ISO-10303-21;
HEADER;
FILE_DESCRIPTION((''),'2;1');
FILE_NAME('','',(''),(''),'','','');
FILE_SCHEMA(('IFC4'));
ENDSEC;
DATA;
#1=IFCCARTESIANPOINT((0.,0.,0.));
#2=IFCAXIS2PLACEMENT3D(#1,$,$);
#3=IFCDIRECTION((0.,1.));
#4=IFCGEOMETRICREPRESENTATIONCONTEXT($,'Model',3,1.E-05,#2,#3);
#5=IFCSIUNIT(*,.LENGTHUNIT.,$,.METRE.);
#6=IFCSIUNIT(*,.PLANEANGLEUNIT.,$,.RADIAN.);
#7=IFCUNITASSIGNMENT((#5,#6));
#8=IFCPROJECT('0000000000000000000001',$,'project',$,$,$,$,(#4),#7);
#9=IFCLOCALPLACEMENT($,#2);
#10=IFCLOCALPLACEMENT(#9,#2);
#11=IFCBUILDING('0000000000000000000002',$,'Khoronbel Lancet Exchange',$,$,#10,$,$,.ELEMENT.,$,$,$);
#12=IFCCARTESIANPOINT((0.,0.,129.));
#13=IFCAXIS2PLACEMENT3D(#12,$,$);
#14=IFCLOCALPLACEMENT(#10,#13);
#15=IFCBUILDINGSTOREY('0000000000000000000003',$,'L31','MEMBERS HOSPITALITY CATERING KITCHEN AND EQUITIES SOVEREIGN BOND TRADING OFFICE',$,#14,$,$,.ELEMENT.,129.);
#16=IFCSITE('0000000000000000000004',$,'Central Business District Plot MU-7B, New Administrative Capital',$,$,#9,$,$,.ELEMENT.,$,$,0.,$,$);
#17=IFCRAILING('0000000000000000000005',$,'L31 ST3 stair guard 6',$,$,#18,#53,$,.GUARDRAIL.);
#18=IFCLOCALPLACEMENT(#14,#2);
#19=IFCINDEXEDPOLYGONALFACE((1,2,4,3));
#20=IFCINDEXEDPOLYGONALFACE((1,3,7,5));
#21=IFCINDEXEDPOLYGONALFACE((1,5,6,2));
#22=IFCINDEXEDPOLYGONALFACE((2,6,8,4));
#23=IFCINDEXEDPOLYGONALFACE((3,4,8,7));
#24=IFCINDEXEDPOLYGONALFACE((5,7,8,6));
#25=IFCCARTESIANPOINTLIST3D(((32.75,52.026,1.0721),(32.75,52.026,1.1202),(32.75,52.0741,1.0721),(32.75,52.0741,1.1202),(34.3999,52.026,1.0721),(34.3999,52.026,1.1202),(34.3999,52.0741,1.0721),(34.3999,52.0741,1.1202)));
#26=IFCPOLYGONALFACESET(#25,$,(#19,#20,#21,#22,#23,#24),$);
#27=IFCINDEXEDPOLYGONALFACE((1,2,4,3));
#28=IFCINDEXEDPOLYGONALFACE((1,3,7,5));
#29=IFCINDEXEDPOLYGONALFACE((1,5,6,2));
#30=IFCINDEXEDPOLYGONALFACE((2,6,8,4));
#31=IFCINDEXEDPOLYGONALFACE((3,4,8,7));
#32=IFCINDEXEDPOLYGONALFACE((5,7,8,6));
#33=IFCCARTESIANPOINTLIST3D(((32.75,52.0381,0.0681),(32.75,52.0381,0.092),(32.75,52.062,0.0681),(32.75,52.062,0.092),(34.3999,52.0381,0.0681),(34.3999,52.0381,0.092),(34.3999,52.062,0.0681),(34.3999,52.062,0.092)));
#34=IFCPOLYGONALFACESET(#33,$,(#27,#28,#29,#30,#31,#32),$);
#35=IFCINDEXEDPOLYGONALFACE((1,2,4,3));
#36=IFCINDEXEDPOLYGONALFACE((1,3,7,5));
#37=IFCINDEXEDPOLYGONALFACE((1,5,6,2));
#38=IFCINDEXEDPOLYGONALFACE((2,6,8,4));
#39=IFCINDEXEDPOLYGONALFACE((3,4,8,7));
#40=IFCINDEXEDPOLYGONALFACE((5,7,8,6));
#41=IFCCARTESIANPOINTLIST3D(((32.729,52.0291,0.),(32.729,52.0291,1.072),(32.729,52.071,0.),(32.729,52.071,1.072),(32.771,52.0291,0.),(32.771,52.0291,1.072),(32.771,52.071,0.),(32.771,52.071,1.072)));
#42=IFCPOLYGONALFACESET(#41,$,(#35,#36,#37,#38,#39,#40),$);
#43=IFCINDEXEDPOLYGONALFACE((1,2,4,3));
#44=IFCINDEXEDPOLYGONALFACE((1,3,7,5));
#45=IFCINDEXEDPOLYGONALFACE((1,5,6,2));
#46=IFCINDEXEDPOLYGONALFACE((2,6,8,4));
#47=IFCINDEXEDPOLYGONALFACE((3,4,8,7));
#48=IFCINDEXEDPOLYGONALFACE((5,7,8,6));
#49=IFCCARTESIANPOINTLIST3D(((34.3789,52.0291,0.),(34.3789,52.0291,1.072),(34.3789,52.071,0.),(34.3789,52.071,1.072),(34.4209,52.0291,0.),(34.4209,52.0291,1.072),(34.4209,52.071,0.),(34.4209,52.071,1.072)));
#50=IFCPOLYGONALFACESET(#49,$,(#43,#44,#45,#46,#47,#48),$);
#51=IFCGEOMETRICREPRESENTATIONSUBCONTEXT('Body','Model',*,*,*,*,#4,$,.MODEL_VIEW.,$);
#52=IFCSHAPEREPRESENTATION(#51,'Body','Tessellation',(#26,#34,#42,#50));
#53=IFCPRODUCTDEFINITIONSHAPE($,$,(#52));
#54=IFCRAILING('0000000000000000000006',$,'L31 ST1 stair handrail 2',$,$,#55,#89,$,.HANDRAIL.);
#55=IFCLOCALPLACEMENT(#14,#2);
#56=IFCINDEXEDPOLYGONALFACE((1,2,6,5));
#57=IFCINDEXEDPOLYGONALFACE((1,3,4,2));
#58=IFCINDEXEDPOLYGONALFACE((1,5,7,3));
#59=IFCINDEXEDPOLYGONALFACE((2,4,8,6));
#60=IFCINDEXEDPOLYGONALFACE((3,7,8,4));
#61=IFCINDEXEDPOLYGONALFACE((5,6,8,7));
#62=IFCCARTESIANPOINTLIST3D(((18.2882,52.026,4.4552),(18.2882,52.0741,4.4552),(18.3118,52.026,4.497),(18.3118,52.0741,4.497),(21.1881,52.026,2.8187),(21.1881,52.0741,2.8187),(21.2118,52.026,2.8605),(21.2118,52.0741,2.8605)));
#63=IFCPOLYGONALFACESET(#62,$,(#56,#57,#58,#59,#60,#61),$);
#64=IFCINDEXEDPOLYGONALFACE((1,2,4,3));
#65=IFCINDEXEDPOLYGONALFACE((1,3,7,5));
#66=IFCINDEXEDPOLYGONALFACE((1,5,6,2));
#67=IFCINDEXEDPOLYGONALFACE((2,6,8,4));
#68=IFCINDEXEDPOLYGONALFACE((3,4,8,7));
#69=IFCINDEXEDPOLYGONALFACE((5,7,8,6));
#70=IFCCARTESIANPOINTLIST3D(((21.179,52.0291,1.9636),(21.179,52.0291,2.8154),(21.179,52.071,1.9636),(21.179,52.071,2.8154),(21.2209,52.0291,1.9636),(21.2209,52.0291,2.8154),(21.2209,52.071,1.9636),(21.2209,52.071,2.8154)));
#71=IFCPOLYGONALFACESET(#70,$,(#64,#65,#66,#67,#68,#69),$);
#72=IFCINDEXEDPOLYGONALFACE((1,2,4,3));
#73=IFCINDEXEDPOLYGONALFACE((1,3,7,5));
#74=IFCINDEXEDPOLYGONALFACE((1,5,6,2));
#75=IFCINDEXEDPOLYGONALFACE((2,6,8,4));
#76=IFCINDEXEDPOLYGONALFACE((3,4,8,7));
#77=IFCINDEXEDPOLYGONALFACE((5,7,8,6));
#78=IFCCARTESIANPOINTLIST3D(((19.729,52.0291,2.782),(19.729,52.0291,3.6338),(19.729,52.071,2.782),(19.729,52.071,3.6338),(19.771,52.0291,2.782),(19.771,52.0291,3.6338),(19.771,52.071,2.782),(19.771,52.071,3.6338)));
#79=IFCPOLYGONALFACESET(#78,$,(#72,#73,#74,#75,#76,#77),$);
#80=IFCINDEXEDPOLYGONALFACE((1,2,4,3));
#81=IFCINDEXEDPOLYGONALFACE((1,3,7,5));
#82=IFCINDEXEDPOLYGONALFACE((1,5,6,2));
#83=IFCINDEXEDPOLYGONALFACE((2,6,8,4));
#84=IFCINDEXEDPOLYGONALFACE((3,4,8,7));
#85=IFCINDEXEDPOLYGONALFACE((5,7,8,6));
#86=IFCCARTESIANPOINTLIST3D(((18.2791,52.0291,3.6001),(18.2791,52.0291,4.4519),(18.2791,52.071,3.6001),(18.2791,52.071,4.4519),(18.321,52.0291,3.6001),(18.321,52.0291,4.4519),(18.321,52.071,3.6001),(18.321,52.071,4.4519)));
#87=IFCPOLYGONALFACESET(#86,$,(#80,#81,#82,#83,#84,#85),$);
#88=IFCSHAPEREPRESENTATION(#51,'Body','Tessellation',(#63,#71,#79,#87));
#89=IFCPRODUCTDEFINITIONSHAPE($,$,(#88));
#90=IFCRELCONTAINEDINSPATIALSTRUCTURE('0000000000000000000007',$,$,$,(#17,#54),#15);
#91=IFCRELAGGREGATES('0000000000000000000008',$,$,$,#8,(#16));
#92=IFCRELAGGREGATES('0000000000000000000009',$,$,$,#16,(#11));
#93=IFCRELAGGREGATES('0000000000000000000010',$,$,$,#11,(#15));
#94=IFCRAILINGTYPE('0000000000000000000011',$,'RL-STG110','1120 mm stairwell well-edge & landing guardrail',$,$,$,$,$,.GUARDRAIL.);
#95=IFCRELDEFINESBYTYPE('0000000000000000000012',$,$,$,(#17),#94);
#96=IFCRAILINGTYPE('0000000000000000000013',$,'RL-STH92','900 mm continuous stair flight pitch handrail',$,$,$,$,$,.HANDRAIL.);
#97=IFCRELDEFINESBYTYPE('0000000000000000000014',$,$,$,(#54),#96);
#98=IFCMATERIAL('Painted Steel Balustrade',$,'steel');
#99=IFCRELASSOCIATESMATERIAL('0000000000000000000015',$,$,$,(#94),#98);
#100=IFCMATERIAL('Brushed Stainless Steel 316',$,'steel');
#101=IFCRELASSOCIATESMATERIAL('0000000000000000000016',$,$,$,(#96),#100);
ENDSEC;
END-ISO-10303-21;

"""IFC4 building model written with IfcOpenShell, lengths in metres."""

from ifc_helpers import new_model, si_unit, direction, frame, origin, origin_2d, place, context, subcontext, project, spatial, rectangle, extrude, material, type_object, element, save


model = new_model("IFC4")

# Units and contexts
model_context = context("Model", 3, precision=1e-05, world=origin(), true_north=direction((0.0, 1.0)))
body_context = subcontext(model_context, "Body", "Model", "MODEL_VIEW")
ifc_project = project(units=[si_unit("LENGTHUNIT", "METRE"), si_unit("PLANEANGLEUNIT", "RADIAN")], contexts=[model_context])

# Site, building, storey
site_placement = place(None, origin())
site = spatial("IfcSite", under=ifc_project, at=site_placement, Name="Central Business District Plot MU-7B, New Administrative Capital", CompositionType="ELEMENT", RefElevation=0.0)
building_placement = place(site_placement, origin())
building = spatial("IfcBuilding", under=site, at=building_placement, Name="Khoronbel Lancet Exchange", CompositionType="ELEMENT")
storey_placement = place(building_placement, frame((0.0, 0.0, 129.0)))
storey = spatial("IfcBuildingStorey", under=building, at=storey_placement, Name="L31", Description="MEMBERS HOSPITALITY CATERING KITCHEN AND EQUITIES SOVEREIGN BOND TRADING OFFICE", CompositionType="ELEMENT", Elevation=129.0)

# Railings
ifc_material_1 = material(Name="Painted Steel Balustrade", Category="steel")
railing_type_1 = type_object("IfcRailingType", Name="RL-STG110", Description="1120 mm stairwell well-edge & landing guardrail", PredefinedType="GUARDRAIL", material=ifc_material_1)
railing_1_placement = place(storey_placement, frame((32.75, 52.05, 0.0)))
element("IfcRailing", 1, at=railing_1_placement, inside=storey, type_object=railing_type_1, Name="L31 ST3 stair guard 6", PredefinedType="GUARDRAIL", context=body_context, shape_type="SweptSolid", body=[
    extrude(rectangle(XDim=0.0481, YDim=0.0481, at=origin_2d()), frame((0.0, 0.0, 1.0962), z_axis=(1.0, 0.0, 0.0), x_axis=(0.0, 1.0, 0.0)), (0.0, 0.0, 1.0), 1.6499),
    extrude(rectangle(XDim=0.0239, YDim=0.0239, at=origin_2d()), frame((0.0, 0.0, 0.0801), z_axis=(1.0, 0.0, 0.0), x_axis=(0.0, 1.0, 0.0)), (0.0, 0.0, 1.0), 1.6499),
    extrude(rectangle(XDim=0.042, YDim=0.042, at=origin_2d()), origin(), (0.0, 0.0, 1.0), 1.072),
    extrude(rectangle(XDim=0.042, YDim=0.042, at=origin_2d()), frame((1.6499, 0.0, 0.0)), (0.0, 0.0, 1.0), 1.072),
])
ifc_material_2 = material(Name="Brushed Stainless Steel 316", Category="steel")
railing_type_2 = type_object("IfcRailingType", Name="RL-STH92", Description="900 mm continuous stair flight pitch handrail", PredefinedType="HANDRAIL", material=ifc_material_2)
railing_2_placement = place(storey_placement, frame((21.2, 52.05, 1.9636)))
element("IfcRailing", 2, at=railing_2_placement, inside=storey, type_object=railing_type_2, Name="L31 ST1 stair handrail 2", PredefinedType="HANDRAIL", context=body_context, shape_type="SweptSolid", body=[
    extrude(rectangle(XDim=0.0481, YDim=0.0481, at=origin_2d()), frame((0.0, 0.0, 0.876), z_axis=(-0.870897, 0.0, 0.491465), x_axis=(0.0, -1.0, 0.0)), (0.0, 0.0, 1.0), 3.3298),
    extrude(rectangle(XDim=0.042, YDim=0.042, at=origin_2d()), origin(), (0.0, 0.0, 1.0), 0.8518),
    extrude(rectangle(XDim=0.042, YDim=0.042, at=origin_2d()), frame((-1.45, 0.0, 0.8184)), (0.0, 0.0, 1.0), 0.8518),
    extrude(rectangle(XDim=0.042, YDim=0.042, at=origin_2d()), frame((-2.8999, 0.0, 1.6365)), (0.0, 0.0, 1.0), 0.8518),
])

save(model, "model.ifc")
